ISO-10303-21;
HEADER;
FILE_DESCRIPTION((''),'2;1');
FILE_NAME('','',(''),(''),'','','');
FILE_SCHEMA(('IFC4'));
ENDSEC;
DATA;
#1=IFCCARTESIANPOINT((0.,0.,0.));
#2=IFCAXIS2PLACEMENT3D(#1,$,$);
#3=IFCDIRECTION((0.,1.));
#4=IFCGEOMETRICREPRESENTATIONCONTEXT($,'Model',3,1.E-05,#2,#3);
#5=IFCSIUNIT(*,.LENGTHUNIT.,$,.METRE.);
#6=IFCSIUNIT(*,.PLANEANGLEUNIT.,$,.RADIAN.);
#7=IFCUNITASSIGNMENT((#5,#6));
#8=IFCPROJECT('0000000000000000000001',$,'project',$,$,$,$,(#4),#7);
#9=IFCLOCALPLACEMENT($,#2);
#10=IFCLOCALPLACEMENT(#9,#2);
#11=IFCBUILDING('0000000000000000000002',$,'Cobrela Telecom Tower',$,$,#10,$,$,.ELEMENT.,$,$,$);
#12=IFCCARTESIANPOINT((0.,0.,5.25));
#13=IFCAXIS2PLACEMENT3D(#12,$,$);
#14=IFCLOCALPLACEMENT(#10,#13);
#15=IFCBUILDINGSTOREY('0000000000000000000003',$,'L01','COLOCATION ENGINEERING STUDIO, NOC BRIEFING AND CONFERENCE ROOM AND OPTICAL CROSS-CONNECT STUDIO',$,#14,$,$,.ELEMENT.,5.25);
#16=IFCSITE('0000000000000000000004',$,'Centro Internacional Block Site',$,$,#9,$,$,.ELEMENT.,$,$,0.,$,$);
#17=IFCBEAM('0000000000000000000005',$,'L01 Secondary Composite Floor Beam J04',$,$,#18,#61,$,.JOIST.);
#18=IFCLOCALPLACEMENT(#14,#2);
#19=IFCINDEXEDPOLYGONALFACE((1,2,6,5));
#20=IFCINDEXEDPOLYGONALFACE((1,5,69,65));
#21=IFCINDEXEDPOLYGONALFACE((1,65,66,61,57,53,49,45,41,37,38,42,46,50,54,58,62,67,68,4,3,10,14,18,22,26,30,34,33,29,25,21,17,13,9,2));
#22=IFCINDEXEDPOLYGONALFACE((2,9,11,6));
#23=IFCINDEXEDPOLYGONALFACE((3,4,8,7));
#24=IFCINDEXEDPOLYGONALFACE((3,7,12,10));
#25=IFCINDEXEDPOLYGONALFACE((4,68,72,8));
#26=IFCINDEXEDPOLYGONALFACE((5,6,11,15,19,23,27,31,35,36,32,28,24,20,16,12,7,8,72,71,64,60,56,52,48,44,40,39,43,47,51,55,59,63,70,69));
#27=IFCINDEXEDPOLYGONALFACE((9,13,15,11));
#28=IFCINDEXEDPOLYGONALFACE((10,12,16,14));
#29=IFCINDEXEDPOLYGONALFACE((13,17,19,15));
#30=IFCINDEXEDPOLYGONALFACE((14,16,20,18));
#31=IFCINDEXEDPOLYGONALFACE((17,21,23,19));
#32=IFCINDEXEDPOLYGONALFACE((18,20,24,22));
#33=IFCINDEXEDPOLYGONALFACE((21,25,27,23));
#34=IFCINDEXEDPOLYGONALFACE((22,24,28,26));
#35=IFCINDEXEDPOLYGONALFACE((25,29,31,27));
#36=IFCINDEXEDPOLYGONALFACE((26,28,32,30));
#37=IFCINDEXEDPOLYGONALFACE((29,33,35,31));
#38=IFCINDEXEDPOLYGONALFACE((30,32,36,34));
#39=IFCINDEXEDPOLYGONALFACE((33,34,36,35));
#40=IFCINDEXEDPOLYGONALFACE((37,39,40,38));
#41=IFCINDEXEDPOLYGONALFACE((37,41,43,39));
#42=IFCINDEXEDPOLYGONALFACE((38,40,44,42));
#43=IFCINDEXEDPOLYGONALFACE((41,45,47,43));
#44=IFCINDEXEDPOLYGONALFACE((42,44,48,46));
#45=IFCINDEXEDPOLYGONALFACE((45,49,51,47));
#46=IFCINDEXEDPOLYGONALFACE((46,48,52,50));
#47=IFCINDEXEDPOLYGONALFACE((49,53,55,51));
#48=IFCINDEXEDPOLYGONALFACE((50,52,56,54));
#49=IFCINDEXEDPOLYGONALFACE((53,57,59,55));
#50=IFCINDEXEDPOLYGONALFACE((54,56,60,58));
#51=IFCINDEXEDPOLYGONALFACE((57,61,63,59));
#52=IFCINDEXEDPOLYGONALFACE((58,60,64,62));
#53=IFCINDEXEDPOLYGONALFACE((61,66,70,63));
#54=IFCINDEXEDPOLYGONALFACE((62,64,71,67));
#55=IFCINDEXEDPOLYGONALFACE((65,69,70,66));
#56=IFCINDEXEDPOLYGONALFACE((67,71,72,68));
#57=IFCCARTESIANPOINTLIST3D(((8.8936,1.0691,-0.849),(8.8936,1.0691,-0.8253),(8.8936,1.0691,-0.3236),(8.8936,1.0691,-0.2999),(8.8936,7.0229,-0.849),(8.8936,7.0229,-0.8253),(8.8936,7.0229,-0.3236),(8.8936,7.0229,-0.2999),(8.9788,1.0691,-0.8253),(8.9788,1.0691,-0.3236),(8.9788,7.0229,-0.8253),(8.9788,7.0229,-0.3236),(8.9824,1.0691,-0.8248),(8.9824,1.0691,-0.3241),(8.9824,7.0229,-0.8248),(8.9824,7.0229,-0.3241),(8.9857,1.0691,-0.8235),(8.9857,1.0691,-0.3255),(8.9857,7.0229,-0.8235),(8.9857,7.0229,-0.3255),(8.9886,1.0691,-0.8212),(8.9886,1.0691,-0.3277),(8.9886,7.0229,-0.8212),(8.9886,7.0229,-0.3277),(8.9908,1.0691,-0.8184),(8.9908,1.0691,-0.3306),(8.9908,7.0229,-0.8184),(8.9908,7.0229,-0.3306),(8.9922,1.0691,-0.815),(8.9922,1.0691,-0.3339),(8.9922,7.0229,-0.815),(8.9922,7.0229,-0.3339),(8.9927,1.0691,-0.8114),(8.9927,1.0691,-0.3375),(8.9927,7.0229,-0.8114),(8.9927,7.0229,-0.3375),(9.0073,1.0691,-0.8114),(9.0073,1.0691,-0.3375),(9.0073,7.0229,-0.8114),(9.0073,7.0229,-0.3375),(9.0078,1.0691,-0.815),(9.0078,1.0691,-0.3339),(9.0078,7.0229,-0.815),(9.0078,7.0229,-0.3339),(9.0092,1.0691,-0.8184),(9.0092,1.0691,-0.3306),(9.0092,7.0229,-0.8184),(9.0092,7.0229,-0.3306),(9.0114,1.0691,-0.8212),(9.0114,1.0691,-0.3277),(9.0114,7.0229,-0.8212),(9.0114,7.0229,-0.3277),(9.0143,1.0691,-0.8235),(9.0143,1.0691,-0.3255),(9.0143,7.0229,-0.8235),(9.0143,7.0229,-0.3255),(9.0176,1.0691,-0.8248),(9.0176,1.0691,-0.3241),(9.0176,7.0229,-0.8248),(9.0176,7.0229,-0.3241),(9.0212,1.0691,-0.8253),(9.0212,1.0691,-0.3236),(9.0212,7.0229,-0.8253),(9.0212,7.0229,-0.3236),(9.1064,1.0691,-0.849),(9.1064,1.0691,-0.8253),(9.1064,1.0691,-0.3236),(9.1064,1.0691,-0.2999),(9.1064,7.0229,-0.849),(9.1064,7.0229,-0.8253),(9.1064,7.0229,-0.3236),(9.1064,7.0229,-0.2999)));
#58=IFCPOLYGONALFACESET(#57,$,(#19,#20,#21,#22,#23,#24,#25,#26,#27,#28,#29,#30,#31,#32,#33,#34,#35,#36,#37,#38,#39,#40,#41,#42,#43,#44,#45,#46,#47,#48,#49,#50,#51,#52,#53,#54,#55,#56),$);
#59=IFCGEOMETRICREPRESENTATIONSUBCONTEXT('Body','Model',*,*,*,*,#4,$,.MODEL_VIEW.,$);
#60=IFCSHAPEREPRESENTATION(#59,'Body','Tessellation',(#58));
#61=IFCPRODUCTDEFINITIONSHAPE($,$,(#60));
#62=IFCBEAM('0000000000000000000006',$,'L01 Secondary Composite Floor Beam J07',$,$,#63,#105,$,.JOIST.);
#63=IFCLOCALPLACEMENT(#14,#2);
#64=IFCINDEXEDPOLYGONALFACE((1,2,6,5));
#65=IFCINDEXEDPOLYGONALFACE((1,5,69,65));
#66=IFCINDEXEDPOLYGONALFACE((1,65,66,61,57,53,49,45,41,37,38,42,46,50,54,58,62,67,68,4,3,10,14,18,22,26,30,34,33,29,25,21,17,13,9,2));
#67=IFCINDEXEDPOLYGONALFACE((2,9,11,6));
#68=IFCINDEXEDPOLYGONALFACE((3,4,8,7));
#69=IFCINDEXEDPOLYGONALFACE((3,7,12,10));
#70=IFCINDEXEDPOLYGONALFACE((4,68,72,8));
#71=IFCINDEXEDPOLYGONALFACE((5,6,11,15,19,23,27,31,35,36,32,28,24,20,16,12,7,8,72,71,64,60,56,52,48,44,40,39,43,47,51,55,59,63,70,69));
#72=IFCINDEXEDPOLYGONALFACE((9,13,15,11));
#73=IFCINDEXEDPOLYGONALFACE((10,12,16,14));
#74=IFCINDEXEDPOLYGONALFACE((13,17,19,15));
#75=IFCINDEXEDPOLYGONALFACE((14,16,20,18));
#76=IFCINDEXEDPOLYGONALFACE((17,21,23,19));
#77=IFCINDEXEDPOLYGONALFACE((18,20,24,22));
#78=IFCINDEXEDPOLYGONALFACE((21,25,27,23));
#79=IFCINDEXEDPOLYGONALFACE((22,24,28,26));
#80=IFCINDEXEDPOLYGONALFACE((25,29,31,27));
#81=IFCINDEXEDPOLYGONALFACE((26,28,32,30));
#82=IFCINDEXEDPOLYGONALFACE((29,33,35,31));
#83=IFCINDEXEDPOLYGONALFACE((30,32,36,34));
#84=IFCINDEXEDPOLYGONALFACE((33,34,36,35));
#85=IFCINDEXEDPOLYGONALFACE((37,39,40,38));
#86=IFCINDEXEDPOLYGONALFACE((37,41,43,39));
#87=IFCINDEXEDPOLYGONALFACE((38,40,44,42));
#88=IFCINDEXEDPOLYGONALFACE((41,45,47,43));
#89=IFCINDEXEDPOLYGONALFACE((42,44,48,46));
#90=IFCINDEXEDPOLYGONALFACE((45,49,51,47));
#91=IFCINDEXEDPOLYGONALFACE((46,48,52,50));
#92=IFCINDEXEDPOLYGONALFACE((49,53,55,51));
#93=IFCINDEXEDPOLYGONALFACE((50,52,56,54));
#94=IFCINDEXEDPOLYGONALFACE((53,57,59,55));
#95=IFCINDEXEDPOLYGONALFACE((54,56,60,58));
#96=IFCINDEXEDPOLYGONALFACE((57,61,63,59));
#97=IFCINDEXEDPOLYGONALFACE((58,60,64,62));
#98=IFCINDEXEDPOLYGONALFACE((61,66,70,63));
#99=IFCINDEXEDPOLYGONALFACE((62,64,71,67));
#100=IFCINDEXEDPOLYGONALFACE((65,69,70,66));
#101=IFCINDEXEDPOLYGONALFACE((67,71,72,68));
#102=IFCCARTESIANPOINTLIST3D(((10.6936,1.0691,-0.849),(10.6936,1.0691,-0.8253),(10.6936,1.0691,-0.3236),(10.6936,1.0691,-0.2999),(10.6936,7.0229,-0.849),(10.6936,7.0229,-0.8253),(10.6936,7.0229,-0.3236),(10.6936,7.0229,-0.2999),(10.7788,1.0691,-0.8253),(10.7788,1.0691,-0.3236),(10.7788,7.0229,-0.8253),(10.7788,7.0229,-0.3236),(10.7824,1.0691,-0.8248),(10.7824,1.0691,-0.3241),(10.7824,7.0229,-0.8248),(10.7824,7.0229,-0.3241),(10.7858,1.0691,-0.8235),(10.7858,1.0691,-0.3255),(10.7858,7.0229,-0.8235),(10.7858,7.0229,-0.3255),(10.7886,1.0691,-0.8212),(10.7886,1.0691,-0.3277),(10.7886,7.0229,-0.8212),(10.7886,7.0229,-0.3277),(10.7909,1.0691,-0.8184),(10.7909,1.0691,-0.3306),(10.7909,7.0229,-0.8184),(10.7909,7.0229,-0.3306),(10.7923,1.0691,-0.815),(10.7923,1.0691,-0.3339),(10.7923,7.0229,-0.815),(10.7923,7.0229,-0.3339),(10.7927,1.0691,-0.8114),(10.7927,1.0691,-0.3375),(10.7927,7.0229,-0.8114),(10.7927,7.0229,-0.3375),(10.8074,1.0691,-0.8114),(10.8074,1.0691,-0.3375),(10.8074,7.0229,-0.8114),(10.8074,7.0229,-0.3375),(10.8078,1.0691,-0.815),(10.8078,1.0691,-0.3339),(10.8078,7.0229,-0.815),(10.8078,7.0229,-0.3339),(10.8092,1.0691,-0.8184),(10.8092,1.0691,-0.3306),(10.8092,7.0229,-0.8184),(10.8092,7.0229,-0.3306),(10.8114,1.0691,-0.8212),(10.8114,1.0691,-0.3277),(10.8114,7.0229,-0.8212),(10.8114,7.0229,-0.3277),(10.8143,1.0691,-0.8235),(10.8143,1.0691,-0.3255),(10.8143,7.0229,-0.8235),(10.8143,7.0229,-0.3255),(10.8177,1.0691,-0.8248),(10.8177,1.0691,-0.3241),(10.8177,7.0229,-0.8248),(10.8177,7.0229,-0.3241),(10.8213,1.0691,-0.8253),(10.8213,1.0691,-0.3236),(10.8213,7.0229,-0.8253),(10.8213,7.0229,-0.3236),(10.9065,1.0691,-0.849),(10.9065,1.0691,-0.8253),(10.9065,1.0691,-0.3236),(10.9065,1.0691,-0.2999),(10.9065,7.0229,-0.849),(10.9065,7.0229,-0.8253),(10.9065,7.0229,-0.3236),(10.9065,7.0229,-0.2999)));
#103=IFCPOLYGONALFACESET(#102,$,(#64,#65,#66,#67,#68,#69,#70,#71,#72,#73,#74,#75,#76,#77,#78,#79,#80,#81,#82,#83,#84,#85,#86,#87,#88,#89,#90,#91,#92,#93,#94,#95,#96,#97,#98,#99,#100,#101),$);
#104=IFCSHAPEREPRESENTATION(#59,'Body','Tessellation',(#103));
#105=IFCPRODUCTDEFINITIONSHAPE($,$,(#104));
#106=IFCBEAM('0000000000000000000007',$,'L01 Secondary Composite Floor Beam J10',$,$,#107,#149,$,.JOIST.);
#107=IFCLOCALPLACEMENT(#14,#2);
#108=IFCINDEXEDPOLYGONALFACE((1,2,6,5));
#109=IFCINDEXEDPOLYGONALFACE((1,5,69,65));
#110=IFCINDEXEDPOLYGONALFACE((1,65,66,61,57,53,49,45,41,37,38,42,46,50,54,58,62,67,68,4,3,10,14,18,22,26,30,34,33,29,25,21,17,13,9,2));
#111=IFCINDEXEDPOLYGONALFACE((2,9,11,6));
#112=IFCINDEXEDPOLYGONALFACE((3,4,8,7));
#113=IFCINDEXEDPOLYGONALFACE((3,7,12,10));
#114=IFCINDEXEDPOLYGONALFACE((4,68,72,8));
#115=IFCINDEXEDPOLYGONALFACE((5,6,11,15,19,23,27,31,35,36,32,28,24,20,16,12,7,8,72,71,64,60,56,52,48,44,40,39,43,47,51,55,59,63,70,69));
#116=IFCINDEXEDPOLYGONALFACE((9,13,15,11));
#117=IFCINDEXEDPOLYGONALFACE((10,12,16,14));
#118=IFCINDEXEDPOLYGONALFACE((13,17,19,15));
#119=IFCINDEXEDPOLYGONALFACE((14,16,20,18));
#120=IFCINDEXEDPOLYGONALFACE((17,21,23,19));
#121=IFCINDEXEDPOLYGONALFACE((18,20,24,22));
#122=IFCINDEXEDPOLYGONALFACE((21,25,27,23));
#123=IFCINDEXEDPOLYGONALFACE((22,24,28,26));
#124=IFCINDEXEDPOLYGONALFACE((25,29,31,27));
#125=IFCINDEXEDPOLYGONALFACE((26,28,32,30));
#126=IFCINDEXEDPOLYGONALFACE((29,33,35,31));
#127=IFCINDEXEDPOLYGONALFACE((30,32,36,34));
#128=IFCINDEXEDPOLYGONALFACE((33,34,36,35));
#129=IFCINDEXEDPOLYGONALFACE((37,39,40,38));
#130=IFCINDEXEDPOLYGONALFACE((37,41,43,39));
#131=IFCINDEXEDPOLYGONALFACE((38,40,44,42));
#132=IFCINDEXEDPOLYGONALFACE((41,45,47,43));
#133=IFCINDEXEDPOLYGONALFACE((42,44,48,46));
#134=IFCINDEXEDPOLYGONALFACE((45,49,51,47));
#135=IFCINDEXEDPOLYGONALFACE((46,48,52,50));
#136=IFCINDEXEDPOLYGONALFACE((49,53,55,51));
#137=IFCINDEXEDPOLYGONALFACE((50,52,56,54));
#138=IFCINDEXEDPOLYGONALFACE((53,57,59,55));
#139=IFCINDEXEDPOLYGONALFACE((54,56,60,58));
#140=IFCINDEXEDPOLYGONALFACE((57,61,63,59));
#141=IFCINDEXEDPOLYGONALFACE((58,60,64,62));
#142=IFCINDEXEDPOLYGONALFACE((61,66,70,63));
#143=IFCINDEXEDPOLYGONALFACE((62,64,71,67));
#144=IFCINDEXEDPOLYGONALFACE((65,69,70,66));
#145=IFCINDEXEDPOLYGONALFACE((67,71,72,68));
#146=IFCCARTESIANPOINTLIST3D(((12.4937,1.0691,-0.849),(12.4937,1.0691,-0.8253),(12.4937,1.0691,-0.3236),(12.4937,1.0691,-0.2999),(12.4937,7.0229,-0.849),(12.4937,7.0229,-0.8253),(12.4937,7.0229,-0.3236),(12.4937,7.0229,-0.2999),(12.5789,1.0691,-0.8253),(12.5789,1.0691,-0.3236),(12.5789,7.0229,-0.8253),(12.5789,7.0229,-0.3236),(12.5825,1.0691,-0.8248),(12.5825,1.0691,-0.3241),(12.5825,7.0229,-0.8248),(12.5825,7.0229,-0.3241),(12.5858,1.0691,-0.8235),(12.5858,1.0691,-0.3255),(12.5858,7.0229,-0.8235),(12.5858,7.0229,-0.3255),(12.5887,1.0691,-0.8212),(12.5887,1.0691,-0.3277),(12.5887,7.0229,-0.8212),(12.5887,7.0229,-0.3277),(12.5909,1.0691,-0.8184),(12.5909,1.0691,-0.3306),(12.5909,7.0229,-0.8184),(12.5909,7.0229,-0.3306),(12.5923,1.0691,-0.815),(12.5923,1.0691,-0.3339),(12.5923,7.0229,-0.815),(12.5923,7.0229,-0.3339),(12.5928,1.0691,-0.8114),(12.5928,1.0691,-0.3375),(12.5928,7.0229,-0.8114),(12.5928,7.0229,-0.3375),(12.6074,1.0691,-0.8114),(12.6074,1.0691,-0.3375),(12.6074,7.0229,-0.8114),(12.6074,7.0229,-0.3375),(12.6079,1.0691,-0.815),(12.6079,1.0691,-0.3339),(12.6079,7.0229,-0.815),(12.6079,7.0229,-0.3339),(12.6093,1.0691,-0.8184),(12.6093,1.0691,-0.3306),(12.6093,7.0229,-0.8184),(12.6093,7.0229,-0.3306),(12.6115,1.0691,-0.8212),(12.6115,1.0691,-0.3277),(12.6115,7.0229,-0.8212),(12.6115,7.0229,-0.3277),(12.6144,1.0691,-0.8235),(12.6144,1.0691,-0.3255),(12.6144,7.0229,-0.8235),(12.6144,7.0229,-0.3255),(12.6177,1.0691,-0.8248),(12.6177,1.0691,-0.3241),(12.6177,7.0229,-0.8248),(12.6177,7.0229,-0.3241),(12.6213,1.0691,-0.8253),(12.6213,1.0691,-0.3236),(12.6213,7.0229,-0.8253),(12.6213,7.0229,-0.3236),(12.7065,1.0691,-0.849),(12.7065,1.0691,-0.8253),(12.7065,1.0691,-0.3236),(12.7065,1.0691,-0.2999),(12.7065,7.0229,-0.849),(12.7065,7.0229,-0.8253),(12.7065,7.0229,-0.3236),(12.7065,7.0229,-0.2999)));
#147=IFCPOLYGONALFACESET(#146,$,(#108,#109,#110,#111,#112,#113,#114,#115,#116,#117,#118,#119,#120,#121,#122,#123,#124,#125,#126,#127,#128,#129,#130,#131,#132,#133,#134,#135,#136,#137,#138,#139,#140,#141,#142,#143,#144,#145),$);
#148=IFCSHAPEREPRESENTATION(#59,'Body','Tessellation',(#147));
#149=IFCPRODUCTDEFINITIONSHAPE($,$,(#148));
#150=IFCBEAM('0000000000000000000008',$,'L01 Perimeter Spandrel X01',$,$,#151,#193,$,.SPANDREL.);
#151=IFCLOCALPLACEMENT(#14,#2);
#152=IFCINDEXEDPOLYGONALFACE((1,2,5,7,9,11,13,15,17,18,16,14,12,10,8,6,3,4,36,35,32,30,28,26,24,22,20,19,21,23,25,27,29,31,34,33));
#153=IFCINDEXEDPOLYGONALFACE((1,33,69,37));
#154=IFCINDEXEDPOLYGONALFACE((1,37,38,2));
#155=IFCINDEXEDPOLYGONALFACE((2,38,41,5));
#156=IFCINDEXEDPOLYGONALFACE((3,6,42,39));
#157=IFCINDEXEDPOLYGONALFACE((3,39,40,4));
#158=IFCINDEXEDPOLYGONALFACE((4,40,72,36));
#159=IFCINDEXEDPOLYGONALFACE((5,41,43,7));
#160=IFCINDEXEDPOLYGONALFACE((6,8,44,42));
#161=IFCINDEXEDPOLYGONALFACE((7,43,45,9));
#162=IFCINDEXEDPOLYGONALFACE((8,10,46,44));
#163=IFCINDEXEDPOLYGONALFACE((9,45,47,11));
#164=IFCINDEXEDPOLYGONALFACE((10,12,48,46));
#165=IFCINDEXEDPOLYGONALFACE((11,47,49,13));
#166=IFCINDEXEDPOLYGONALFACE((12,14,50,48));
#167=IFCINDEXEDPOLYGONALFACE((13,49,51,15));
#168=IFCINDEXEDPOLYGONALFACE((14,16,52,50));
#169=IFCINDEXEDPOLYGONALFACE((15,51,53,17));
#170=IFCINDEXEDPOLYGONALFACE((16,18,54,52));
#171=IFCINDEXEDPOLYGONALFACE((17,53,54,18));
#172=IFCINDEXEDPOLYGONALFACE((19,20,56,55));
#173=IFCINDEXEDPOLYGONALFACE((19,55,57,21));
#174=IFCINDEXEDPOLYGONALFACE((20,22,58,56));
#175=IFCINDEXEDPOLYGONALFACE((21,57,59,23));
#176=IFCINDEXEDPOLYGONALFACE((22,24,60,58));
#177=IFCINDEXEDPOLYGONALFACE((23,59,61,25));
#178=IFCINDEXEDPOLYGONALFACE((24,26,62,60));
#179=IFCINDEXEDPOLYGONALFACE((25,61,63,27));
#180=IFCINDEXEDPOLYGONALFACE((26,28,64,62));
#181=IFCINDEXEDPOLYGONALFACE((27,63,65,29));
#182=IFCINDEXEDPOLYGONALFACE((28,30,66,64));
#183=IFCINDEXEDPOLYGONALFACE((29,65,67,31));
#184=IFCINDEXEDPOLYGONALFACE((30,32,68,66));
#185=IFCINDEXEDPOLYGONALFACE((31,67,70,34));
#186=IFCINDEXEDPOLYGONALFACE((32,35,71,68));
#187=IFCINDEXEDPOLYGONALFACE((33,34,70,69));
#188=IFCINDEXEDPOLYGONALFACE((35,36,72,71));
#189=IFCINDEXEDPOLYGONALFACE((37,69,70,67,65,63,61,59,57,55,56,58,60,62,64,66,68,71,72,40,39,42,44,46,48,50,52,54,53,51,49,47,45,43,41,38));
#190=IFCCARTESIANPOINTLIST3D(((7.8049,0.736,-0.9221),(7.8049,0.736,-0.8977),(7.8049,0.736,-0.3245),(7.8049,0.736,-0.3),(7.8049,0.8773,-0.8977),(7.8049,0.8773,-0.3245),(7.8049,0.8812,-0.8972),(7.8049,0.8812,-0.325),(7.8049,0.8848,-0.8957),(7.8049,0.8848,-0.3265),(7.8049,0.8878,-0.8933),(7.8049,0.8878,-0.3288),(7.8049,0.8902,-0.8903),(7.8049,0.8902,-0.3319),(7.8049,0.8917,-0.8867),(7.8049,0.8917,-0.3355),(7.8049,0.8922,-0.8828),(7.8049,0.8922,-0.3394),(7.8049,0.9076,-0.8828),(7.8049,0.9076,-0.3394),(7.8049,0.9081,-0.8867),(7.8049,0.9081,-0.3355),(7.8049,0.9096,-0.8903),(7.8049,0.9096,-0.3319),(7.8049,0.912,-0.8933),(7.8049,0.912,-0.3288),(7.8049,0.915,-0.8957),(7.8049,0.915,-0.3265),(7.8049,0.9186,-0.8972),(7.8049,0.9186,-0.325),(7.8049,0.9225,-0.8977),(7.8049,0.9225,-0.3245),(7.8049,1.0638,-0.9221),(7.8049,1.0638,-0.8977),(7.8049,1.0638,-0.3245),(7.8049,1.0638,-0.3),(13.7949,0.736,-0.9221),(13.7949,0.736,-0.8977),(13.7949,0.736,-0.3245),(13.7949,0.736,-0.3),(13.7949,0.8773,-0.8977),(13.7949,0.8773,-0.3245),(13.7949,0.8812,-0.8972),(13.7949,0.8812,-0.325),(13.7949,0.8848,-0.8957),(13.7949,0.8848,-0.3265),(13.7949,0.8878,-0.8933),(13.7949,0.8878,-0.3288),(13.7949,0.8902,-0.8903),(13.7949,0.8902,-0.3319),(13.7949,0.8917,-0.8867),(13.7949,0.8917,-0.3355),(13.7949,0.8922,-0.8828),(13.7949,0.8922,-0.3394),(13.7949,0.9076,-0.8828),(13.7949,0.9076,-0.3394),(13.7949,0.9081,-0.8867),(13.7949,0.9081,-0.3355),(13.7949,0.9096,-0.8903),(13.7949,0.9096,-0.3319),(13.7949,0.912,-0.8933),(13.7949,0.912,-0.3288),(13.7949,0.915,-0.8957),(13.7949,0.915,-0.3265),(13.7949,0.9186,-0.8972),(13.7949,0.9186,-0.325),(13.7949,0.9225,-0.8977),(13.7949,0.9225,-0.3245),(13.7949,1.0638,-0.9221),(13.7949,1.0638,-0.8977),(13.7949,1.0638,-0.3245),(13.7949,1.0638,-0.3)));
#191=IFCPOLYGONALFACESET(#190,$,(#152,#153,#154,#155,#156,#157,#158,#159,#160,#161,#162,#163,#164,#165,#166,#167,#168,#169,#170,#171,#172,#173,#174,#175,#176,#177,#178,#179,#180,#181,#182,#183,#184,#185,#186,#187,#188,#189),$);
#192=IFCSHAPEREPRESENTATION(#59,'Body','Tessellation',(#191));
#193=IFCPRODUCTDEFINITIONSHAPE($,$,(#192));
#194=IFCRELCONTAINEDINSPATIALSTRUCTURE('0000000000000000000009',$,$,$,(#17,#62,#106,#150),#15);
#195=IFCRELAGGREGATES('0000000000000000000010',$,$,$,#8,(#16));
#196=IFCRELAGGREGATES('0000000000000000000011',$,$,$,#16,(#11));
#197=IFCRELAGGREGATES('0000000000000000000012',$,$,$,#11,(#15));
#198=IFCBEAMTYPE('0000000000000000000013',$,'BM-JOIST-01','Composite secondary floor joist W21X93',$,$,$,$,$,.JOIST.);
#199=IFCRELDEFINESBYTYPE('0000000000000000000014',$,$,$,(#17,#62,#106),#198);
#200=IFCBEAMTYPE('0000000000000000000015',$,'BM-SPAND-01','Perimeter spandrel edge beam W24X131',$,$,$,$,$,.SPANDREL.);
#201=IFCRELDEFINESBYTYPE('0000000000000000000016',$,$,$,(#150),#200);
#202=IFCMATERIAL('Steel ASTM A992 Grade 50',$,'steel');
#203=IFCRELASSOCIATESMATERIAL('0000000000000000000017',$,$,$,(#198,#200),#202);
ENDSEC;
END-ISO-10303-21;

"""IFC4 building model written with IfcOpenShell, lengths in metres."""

from ifc_helpers import new_model, si_unit, direction, frame, origin, origin_2d, place, context, subcontext, project, spatial, i_section, extrude, material, material_profile, profile_set, type_object, element, save


model = new_model("IFC4")

# Units and contexts
model_context = context("Model", 3, precision=1e-05, world=origin(), true_north=direction((0.0, 1.0)))
body_context = subcontext(model_context, "Body", "Model", "MODEL_VIEW")
ifc_project = project(units=[si_unit("LENGTHUNIT", "METRE"), si_unit("PLANEANGLEUNIT", "RADIAN")], contexts=[model_context])

# Site, building, storey
site_placement = place(None, origin())
site = spatial("IfcSite", under=ifc_project, at=site_placement, Name="Centro Internacional Block Site", CompositionType="ELEMENT", RefElevation=0.0)
building_placement = place(site_placement, origin())
building = spatial("IfcBuilding", under=site, at=building_placement, Name="Cobrela Telecom Tower", CompositionType="ELEMENT")
storey_placement = place(building_placement, frame((0.0, 0.0, 5.25)))
storey = spatial("IfcBuildingStorey", under=building, at=storey_placement, Name="L01", Description="COLOCATION ENGINEERING STUDIO, NOC BRIEFING AND CONFERENCE ROOM AND OPTICAL CROSS-CONNECT STUDIO", CompositionType="ELEMENT", Elevation=5.25)

# Beams
ifc_material_1 = material(Name="Steel ASTM A992 Grade 50", Category="steel")
ifc_material_profile_1 = material_profile(ifc_material_1, i_section(OverallWidth=0.2129, OverallDepth=0.5491, WebThickness=0.0146, FlangeThickness=0.0237, FilletRadius=0.0139, at=origin_2d()), Name="W21X93")
ifc_profile_set_1 = profile_set([ifc_material_profile_1], Name="Steel ASTM A992 Grade 50")
beam_type_1 = type_object("IfcBeamType", Name="BM-JOIST-01", Description="Composite secondary floor joist W21X93", PredefinedType="JOIST", material=ifc_profile_set_1)
for number, where, z_axis, x_axis, name in (
    (1, (9.0, 1.0691, -0.5745), (0.0, 1.0, 0.0), (-1.0, 0.0, 0.0), "L01 Secondary Composite Floor Beam J04"),
    (2, (10.8, 1.0691, -0.5745), (0.0, 1.0, 0.0), (-1.0, 0.0, 0.0), "L01 Secondary Composite Floor Beam J07"),
    (3, (12.6001, 1.0691, -0.5745), (0.0, 1.0, 0.0), (-1.0, 0.0, 0.0), "L01 Secondary Composite Floor Beam J10"),
):
    element("IfcBeam", number, at=place(storey_placement, frame(where, z_axis=z_axis, x_axis=x_axis)), inside=storey, type_object=beam_type_1, Name=name, PredefinedType="JOIST", context=body_context, shape_type="SweptSolid", body=[
        extrude(i_section(OverallWidth=0.2129, OverallDepth=0.5491, WebThickness=0.0146, FlangeThickness=0.0237, FilletRadius=0.0139, at=origin_2d()), origin(), (0.0, 0.0, 1.0), 5.9539),
    ])
ifc_material_profile_2 = material_profile(ifc_material_1, i_section(OverallWidth=0.3279, OverallDepth=0.6221, WebThickness=0.0154, FlangeThickness=0.0244, FilletRadius=0.0149, at=origin_2d()), Name="W24X131")
ifc_profile_set_2 = profile_set([ifc_material_profile_2], Name="Steel ASTM A992 Grade 50")
beam_type_2 = type_object("IfcBeamType", Name="BM-SPAND-01", Description="Perimeter spandrel edge beam W24X131", PredefinedType="SPANDREL", material=ifc_profile_set_2)
beam_1_placement = place(storey_placement, frame((7.8049, 0.8999, -0.6111), z_axis=(1.0, 0.0, 0.0), x_axis=(0.0, 1.0, 0.0)))
element("IfcBeam", 4, at=beam_1_placement, inside=storey, type_object=beam_type_2, Name="L01 Perimeter Spandrel X01", PredefinedType="SPANDREL", context=body_context, shape_type="SweptSolid", body=[
    extrude(i_section(OverallWidth=0.3279, OverallDepth=0.6221, WebThickness=0.0154, FlangeThickness=0.0244, FilletRadius=0.0149, at=origin_2d()), origin(), (0.0, 0.0, 1.0), 5.99),
])

save(model, "model.ifc")
